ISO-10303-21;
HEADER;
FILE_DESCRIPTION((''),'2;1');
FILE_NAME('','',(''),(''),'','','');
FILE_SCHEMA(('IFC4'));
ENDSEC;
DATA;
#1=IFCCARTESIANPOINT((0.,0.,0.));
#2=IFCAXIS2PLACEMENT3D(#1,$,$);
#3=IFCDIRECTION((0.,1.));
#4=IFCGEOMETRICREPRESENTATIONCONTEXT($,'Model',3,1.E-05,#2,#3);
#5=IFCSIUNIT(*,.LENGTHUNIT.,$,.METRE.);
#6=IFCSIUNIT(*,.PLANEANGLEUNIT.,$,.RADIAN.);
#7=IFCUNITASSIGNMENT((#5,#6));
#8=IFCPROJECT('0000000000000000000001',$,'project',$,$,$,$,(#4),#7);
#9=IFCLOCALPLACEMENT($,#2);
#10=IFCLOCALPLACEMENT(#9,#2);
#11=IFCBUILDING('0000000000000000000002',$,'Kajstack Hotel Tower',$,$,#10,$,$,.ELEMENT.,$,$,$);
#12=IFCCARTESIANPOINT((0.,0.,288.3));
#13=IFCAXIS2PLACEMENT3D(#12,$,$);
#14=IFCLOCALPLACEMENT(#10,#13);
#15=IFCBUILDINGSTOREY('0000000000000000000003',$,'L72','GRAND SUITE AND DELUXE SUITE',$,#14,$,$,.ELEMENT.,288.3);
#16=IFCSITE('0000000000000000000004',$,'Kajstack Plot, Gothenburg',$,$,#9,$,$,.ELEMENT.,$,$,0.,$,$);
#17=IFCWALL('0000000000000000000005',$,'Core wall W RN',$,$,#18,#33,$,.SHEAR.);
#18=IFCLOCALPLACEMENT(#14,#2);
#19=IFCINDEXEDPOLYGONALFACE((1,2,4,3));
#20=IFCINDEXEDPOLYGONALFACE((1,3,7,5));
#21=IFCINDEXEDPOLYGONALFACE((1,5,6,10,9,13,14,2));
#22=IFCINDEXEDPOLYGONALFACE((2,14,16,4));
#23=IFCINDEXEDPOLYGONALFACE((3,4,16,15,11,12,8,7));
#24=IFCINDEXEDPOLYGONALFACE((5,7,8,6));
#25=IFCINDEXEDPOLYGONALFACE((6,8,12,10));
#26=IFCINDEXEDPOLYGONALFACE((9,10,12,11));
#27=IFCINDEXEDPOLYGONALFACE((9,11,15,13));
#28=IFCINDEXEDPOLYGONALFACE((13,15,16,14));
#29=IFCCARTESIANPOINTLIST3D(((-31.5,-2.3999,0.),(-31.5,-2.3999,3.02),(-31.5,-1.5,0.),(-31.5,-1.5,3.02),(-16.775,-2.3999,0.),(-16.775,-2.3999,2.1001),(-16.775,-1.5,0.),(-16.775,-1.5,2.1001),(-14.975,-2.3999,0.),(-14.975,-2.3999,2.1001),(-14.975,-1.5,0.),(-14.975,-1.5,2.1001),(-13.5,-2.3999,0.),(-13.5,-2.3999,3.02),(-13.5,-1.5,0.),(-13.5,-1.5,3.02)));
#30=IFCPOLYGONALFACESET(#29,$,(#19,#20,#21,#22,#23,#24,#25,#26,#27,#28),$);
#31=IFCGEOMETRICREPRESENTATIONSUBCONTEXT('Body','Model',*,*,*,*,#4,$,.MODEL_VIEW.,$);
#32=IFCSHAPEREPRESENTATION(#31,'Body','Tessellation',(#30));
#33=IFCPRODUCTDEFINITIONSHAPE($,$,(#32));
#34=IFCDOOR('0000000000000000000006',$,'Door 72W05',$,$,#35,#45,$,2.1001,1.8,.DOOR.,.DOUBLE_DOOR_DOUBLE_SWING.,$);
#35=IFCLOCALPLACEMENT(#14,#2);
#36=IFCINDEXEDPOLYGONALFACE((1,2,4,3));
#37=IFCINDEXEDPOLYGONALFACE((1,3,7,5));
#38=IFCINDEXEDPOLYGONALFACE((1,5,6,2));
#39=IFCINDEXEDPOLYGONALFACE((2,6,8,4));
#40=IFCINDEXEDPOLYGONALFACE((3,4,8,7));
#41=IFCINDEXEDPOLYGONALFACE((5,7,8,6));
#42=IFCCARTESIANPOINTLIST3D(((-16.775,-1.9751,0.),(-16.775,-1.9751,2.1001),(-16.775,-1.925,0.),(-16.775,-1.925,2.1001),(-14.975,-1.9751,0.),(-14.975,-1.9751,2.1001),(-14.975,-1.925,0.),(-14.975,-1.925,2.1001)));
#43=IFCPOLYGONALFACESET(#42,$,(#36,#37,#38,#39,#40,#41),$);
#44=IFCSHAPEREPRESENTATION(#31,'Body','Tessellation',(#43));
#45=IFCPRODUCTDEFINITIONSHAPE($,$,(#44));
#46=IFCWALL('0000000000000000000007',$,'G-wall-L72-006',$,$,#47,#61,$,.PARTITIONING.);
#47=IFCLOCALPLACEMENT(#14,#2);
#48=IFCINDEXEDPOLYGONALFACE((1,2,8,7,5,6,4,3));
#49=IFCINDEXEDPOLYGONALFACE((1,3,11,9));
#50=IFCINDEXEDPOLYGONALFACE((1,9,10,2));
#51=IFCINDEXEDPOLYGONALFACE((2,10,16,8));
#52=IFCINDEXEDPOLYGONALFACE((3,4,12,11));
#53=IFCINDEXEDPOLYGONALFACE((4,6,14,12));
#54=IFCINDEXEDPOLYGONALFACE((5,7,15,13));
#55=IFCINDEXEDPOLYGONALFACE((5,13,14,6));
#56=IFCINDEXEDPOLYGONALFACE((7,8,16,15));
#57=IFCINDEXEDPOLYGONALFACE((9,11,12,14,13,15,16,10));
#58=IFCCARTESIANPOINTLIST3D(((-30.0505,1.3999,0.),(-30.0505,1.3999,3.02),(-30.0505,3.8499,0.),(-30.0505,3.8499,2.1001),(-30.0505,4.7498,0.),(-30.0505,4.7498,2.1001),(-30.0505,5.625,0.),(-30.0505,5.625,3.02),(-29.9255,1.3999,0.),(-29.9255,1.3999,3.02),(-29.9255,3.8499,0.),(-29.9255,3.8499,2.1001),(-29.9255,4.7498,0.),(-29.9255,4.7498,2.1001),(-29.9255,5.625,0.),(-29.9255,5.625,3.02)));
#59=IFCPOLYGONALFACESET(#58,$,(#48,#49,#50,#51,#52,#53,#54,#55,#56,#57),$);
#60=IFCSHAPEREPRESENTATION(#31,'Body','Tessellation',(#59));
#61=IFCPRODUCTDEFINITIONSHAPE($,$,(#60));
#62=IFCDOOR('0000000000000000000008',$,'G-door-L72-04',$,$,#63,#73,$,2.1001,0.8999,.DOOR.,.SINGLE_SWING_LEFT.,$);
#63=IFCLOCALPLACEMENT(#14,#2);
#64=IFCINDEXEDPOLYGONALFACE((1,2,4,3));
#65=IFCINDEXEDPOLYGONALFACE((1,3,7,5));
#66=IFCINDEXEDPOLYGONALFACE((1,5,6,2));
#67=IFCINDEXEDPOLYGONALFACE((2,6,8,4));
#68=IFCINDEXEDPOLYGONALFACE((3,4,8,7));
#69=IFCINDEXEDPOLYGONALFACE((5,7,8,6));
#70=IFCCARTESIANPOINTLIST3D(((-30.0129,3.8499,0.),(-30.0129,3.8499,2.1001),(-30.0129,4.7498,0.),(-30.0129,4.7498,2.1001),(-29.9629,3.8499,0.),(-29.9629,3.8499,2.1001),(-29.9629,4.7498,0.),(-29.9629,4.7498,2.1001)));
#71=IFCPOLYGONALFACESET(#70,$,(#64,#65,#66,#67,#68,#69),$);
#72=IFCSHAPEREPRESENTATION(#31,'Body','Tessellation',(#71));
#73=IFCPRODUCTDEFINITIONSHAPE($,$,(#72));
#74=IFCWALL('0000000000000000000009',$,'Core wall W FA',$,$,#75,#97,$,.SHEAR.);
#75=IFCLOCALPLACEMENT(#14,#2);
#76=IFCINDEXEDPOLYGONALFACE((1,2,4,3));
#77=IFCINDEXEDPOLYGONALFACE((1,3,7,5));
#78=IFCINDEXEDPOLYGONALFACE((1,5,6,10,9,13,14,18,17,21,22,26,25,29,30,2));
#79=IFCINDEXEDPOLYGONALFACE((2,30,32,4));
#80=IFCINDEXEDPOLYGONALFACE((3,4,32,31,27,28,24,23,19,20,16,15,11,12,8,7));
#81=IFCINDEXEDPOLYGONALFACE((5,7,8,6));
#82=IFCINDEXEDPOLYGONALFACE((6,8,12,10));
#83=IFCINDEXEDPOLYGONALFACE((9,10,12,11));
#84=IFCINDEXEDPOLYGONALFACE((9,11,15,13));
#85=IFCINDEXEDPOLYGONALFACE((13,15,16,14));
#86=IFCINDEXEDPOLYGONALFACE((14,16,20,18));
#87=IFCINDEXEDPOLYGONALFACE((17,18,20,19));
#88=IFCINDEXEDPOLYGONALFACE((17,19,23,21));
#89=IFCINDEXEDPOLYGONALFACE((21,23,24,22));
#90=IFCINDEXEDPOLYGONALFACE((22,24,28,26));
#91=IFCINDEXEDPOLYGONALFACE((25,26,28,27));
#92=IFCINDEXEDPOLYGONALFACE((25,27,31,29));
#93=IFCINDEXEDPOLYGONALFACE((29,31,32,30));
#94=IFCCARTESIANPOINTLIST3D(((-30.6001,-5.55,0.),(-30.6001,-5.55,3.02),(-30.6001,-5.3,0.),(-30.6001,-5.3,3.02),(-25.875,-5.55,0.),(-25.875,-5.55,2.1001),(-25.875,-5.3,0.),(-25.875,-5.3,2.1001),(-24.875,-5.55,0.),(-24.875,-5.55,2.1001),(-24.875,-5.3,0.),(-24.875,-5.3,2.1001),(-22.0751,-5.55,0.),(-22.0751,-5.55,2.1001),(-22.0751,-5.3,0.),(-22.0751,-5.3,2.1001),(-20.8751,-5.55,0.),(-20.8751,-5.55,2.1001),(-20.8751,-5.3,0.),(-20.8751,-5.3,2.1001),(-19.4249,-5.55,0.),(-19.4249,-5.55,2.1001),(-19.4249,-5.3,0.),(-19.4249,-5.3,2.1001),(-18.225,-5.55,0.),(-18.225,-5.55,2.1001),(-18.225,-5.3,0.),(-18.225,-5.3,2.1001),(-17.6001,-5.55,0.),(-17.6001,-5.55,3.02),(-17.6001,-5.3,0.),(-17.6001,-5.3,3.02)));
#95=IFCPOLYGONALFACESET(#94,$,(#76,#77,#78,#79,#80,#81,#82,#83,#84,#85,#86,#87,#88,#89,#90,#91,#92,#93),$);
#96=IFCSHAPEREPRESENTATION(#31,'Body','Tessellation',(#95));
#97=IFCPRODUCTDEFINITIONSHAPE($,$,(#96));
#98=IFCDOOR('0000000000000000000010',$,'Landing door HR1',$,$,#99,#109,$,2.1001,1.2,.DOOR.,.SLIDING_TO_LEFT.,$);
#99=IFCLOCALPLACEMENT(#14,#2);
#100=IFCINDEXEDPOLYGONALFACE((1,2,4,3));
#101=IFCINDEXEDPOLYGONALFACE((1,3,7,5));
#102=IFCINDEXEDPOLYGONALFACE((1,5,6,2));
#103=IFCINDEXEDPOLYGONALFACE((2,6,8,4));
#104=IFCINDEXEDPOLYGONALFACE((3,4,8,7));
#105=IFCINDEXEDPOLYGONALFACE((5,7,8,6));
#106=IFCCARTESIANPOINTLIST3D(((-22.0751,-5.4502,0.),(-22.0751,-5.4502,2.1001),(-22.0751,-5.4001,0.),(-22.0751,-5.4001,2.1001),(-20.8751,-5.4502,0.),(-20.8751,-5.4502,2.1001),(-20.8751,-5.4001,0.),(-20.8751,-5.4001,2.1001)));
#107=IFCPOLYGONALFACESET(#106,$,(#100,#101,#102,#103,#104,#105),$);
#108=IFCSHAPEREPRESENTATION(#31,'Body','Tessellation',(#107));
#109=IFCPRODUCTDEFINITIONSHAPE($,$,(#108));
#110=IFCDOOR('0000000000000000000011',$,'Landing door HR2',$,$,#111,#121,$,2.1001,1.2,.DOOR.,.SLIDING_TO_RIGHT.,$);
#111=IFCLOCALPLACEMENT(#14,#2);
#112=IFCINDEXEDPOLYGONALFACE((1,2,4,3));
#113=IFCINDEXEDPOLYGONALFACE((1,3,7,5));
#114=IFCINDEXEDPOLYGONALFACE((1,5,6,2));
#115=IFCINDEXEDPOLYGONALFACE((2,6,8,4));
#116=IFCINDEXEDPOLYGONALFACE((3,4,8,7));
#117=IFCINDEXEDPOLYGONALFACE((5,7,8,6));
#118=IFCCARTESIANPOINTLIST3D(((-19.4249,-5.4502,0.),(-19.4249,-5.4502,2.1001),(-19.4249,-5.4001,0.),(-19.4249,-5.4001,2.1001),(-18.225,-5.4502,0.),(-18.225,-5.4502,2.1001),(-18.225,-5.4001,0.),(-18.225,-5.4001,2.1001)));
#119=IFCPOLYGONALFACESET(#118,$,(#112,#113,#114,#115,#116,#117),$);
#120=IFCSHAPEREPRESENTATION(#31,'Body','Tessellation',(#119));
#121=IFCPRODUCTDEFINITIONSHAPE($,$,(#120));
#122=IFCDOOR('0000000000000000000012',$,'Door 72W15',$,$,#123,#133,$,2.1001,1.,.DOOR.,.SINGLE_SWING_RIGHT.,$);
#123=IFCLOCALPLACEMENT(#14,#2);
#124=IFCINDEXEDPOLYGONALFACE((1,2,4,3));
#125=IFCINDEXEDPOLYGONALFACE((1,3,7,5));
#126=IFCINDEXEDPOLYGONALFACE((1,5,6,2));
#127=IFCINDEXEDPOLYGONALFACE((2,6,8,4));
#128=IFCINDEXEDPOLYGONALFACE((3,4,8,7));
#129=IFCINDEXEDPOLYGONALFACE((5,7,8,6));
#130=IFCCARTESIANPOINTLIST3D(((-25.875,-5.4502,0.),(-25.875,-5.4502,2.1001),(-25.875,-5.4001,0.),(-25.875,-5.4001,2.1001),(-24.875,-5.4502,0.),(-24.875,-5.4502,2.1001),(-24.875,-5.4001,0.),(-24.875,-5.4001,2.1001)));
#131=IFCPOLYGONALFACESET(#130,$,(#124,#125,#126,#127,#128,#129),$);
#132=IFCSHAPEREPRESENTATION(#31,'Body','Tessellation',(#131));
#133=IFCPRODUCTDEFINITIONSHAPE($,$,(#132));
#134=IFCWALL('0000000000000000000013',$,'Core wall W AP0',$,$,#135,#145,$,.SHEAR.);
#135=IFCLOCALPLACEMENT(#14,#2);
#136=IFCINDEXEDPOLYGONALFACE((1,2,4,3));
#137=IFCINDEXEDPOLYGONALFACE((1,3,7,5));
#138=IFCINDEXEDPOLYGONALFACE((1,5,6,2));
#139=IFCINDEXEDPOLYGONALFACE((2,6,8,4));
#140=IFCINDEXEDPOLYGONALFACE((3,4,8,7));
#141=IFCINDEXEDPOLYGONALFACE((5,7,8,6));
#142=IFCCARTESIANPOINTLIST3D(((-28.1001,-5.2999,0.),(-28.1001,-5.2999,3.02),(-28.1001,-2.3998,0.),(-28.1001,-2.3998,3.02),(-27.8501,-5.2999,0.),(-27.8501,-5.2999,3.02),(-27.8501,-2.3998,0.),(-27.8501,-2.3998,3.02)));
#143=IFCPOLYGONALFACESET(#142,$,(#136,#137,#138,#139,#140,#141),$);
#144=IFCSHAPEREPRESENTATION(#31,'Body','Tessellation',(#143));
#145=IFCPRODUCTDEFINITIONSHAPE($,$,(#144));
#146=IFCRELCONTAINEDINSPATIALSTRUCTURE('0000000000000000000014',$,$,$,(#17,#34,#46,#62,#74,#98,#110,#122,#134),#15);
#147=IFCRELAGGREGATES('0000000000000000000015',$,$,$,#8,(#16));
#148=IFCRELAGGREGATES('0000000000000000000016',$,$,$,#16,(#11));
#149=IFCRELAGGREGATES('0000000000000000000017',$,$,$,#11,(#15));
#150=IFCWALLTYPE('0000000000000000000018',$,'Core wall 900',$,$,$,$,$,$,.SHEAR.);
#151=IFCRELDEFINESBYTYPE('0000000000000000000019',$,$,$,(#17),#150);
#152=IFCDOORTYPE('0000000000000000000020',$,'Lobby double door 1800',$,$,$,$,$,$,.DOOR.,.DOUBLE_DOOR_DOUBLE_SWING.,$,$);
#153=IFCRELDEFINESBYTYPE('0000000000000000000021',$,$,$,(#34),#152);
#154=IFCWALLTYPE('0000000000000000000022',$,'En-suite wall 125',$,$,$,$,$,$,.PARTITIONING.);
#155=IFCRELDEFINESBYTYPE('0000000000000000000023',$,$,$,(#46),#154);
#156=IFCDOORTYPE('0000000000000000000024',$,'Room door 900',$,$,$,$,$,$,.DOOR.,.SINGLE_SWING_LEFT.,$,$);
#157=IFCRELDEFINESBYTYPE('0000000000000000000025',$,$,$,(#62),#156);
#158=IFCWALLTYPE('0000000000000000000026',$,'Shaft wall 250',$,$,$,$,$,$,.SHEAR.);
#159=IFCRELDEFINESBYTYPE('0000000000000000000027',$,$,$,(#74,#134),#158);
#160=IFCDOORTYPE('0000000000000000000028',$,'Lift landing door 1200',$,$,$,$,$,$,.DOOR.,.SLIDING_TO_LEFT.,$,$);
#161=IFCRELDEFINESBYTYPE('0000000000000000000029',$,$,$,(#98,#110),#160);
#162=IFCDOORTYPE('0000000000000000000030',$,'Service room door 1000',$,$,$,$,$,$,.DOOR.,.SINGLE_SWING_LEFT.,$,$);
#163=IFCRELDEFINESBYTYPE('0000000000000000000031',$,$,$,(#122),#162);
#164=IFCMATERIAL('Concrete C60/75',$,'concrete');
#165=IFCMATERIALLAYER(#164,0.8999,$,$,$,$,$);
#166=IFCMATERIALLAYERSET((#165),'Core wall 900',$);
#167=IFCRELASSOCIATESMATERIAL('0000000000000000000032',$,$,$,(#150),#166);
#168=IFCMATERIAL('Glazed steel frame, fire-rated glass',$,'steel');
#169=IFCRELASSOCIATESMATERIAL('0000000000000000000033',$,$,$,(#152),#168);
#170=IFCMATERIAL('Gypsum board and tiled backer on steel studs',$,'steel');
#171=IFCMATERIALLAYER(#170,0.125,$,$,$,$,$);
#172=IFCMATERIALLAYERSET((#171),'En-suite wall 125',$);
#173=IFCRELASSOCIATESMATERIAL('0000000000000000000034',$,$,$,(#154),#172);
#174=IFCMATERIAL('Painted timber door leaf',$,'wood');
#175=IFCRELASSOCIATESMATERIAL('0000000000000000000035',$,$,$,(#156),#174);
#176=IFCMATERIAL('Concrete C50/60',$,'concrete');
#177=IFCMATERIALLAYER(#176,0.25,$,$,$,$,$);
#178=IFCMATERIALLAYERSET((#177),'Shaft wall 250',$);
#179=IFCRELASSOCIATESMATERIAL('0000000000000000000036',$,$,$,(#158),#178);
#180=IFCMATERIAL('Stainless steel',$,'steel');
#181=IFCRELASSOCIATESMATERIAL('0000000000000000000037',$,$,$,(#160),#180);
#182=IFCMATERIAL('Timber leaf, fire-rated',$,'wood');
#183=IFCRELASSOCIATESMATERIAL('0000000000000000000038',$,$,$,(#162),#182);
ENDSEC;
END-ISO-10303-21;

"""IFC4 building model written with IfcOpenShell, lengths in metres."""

from ifc_helpers import new_model, si_unit, direction, frame, frame_2d, origin, place, context, subcontext, project, spatial, rectangle, extrude, material, layer, layer_set, type_object, element, fill, save


model = new_model("IFC4")

# Units and contexts
model_context = context("Model", 3, precision=1e-05, world=origin(), true_north=direction((0.0, 1.0)))
body_context = subcontext(model_context, "Body", "Model", "MODEL_VIEW")
ifc_project = project(units=[si_unit("LENGTHUNIT", "METRE"), si_unit("PLANEANGLEUNIT", "RADIAN")], contexts=[model_context])

# Site, building, storey
site_placement = place(None, origin())
site = spatial("IfcSite", under=ifc_project, at=site_placement, Name="Kajstack Plot, Gothenburg", CompositionType="ELEMENT", RefElevation=0.0)
building_placement = place(site_placement, origin())
building = spatial("IfcBuilding", under=site, at=building_placement, Name="Kajstack Hotel Tower", CompositionType="ELEMENT")
storey_placement = place(building_placement, frame((0.0, 0.0, 288.3)))
storey = spatial("IfcBuildingStorey", under=building, at=storey_placement, Name="L72", Description="GRAND SUITE AND DELUXE SUITE", CompositionType="ELEMENT", Elevation=288.3)

# Walls, openings, doors
ifc_material_1 = material(Name="Concrete C60/75", Category="concrete")
ifc_layer_1 = layer(ifc_material_1, 0.8999)
ifc_layer_set_1 = layer_set([ifc_layer_1], Name="Core wall 900")
wall_type_1 = type_object("IfcWallType", Name="Core wall 900", PredefinedType="SHEAR", material=ifc_layer_set_1)
wall_1_placement = place(storey_placement, frame((-31.5, -1.95, 0.0), z_axis=(0.0, 0.0, 1.0), x_axis=(1.0, 0.0, 0.0)))
wall_1 = element("IfcWall", 1, at=wall_1_placement, inside=storey, type_object=wall_type_1, Name="Core wall W RN", PredefinedType="SHEAR", context=body_context, shape_type="SweptSolid", body=[
    extrude(rectangle(XDim=18.0, YDim=0.8999, at=frame_2d((9.0, 0.0))), origin(), (0.0, 0.0, 1.0), 3.02),
])
opening_1_placement = place(wall_1_placement, frame((14.7251, 0.0, 0.0)))
opening_1 = element("IfcOpeningElement", 2, at=opening_1_placement, cuts=wall_1, PredefinedType="OPENING", context=body_context, shape_type="SweptSolid", body=[
    extrude(rectangle(XDim=1.8, YDim=2.1001, at=frame_2d((0.8999, 1.05))), frame((0.0, 0.46, 0.0), z_axis=(0.0, -1.0, 0.0), x_axis=(1.0, 0.0, 0.0)), (0.0, 0.0, 1.0), 0.9199),
])
ifc_material_2 = material(Name="Glazed steel frame, fire-rated glass", Category="steel")
door_type_1 = type_object("IfcDoorType", Name="Lobby double door 1800", OperationType="DOUBLE_DOOR_DOUBLE_SWING", PredefinedType="DOOR", material=ifc_material_2)
door_1_placement = place(opening_1_placement, origin())
door_1 = element("IfcDoor", 3, at=door_1_placement, inside=storey, type_object=door_type_1, Name="Door 72W05", OperationType="DOUBLE_DOOR_DOUBLE_SWING", OverallHeight=2.1001, OverallWidth=1.8, PredefinedType="DOOR", context=body_context, shape_type="SweptSolid", body=[
    extrude(rectangle(XDim=1.8, YDim=2.1001, at=frame_2d((0.8999, 1.05))), frame((0.0, 0.0249, 0.0), z_axis=(0.0, -1.0, 0.0), x_axis=(1.0, 0.0, 0.0)), (0.0, 0.0, 1.0), 0.05),
])
fill(opening_1, door_1)
ifc_material_3 = material(Name="Gypsum board and tiled backer on steel studs", Category="steel")
ifc_layer_2 = layer(ifc_material_3, 0.125)
ifc_layer_set_2 = layer_set([ifc_layer_2], Name="En-suite wall 125")
wall_type_2 = type_object("IfcWallType", Name="En-suite wall 125", PredefinedType="PARTITIONING", material=ifc_layer_set_2)
wall_2_placement = place(storey_placement, frame((-29.988, 1.3999, 0.0), z_axis=(0.0, 0.0, 1.0), x_axis=(0.0, 1.0, 0.0)))
wall_2 = element("IfcWall", 4, at=wall_2_placement, inside=storey, type_object=wall_type_2, Name="G-wall-L72-006", PredefinedType="PARTITIONING", context=body_context, shape_type="SweptSolid", body=[
    extrude(rectangle(XDim=4.2251, YDim=0.125, at=frame_2d((2.1125, 0.0))), origin(), (0.0, 0.0, 1.0), 3.02),
])
opening_2_placement = place(wall_2_placement, frame((2.45, 0.0, 0.0)))
opening_2 = element("IfcOpeningElement", 5, at=opening_2_placement, cuts=wall_2, PredefinedType="OPENING", context=body_context, shape_type="SweptSolid", body=[
    extrude(rectangle(XDim=0.8999, YDim=2.1001, at=frame_2d((0.45, 1.05))), frame((0.0, 0.0725, 0.0), z_axis=(0.0, -1.0, 0.0), x_axis=(1.0, 0.0, 0.0)), (0.0, 0.0, 1.0), 0.145),
])
ifc_material_4 = material(Name="Painted timber door leaf", Category="wood")
door_type_2 = type_object("IfcDoorType", Name="Room door 900", OperationType="SINGLE_SWING_LEFT", PredefinedType="DOOR", material=ifc_material_4)
door_2_placement = place(opening_2_placement, origin())
door_2 = element("IfcDoor", 6, at=door_2_placement, inside=storey, type_object=door_type_2, Name="G-door-L72-04", OperationType="SINGLE_SWING_LEFT", OverallHeight=2.1001, OverallWidth=0.8999, PredefinedType="DOOR", context=body_context, shape_type="SweptSolid", body=[
    extrude(rectangle(XDim=0.8999, YDim=2.1001, at=frame_2d((0.45, 1.05))), frame((0.0, 0.0249, 0.0), z_axis=(0.0, -1.0, 0.0), x_axis=(1.0, 0.0, 0.0)), (0.0, 0.0, 1.0), 0.05),
])
fill(opening_2, door_2)

# Wall, openings, doors
ifc_material_5 = material(Name="Concrete C50/60", Category="concrete")
ifc_layer_3 = layer(ifc_material_5, 0.25)
ifc_layer_set_3 = layer_set([ifc_layer_3], Name="Shaft wall 250")
wall_type_3 = type_object("IfcWallType", Name="Shaft wall 250", PredefinedType="SHEAR", material=ifc_layer_set_3)
wall_3_placement = place(storey_placement, frame((-30.6001, -5.425, 0.0), z_axis=(0.0, 0.0, 1.0), x_axis=(1.0, 0.0, 0.0)))
wall_3 = element("IfcWall", 7, at=wall_3_placement, inside=storey, type_object=wall_type_3, Name="Core wall W FA", PredefinedType="SHEAR", context=body_context, shape_type="SweptSolid", body=[
    extrude(rectangle(XDim=13.0, YDim=0.25, at=frame_2d((6.5, 0.0))), origin(), (0.0, 0.0, 1.0), 3.02),
])
opening_3_placement = place(wall_3_placement, frame((8.5249, 0.0, 0.0)))
opening_3 = element("IfcOpeningElement", 8, at=opening_3_placement, cuts=wall_3, PredefinedType="OPENING", context=body_context, shape_type="SweptSolid", body=[
    extrude(rectangle(XDim=1.2, YDim=2.1001, at=frame_2d((0.6001, 1.05))), frame((0.0, 0.135, 0.0), z_axis=(0.0, -1.0, 0.0), x_axis=(1.0, 0.0, 0.0)), (0.0, 0.0, 1.0), 0.27),
])
opening_4_placement = place(wall_3_placement, frame((11.175, 0.0, 0.0)))
opening_4 = element("IfcOpeningElement", 9, at=opening_4_placement, cuts=wall_3, PredefinedType="OPENING", context=body_context, shape_type="SweptSolid", body=[
    extrude(rectangle(XDim=1.2, YDim=2.1001, at=frame_2d((0.6001, 1.05))), frame((0.0, 0.135, 0.0), z_axis=(0.0, -1.0, 0.0), x_axis=(1.0, 0.0, 0.0)), (0.0, 0.0, 1.0), 0.27),
])
opening_5_placement = place(wall_3_placement, frame((4.7251, 0.0, 0.0)))
opening_5 = element("IfcOpeningElement", 10, at=opening_5_placement, cuts=wall_3, PredefinedType="OPENING", context=body_context, shape_type="SweptSolid", body=[
    extrude(rectangle(XDim=1.0, YDim=2.1001, at=frame_2d((0.5, 1.05))), frame((0.0, 0.135, 0.0), z_axis=(0.0, -1.0, 0.0), x_axis=(1.0, 0.0, 0.0)), (0.0, 0.0, 1.0), 0.27),
])
ifc_material_6 = material(Name="Stainless steel", Category="steel")
door_type_3 = type_object("IfcDoorType", Name="Lift landing door 1200", OperationType="SLIDING_TO_LEFT", PredefinedType="DOOR", material=ifc_material_6)
door_3_placement = place(opening_3_placement, origin())
door_3 = element("IfcDoor", 11, at=door_3_placement, inside=storey, type_object=door_type_3, Name="Landing door HR1", OperationType="SLIDING_TO_LEFT", OverallHeight=2.1001, OverallWidth=1.2, PredefinedType="DOOR", context=body_context, shape_type="SweptSolid", body=[
    extrude(rectangle(XDim=1.2, YDim=2.1001, at=frame_2d((0.6001, 1.05))), frame((0.0, 0.0249, 0.0), z_axis=(0.0, -1.0, 0.0), x_axis=(1.0, 0.0, 0.0)), (0.0, 0.0, 1.0), 0.05),
])
fill(opening_3, door_3)
door_4_placement = place(opening_4_placement, origin())
door_4 = element("IfcDoor", 12, at=door_4_placement, inside=storey, type_object=door_type_3, Name="Landing door HR2", OperationType="SLIDING_TO_RIGHT", OverallHeight=2.1001, OverallWidth=1.2, PredefinedType="DOOR", context=body_context, shape_type="SweptSolid", body=[
    extrude(rectangle(XDim=1.2, YDim=2.1001, at=frame_2d((0.6001, 1.05))), frame((0.0, 0.0249, 0.0), z_axis=(0.0, -1.0, 0.0), x_axis=(1.0, 0.0, 0.0)), (0.0, 0.0, 1.0), 0.05),
])
fill(opening_4, door_4)
ifc_material_7 = material(Name="Timber leaf, fire-rated", Category="wood")
door_type_4 = type_object("IfcDoorType", Name="Service room door 1000", OperationType="SINGLE_SWING_LEFT", PredefinedType="DOOR", material=ifc_material_7)
door_5_placement = place(opening_5_placement, origin())
door_5 = element("IfcDoor", 13, at=door_5_placement, inside=storey, type_object=door_type_4, Name="Door 72W15", OperationType="SINGLE_SWING_RIGHT", OverallHeight=2.1001, OverallWidth=1.0, PredefinedType="DOOR", context=body_context, shape_type="SweptSolid", body=[
    extrude(rectangle(XDim=1.0, YDim=2.1001, at=frame_2d((0.5, 1.05))), frame((0.0, 0.0249, 0.0), z_axis=(0.0, -1.0, 0.0), x_axis=(1.0, 0.0, 0.0)), (0.0, 0.0, 1.0), 0.05),
])
fill(opening_5, door_5)

# Wall
wall_4_placement = place(storey_placement, frame((-27.9751, -5.3, 0.0), z_axis=(0.0, 0.0, 1.0), x_axis=(0.0, 1.0, 0.0)))
element("IfcWall", 14, at=wall_4_placement, inside=storey, type_object=wall_type_3, Name="Core wall W AP0", PredefinedType="SHEAR", context=body_context, shape_type="SweptSolid", body=[
    extrude(rectangle(XDim=2.9001, YDim=0.25, at=frame_2d((1.4502, 0.0))), origin(), (0.0, 0.0, 1.0), 3.02),
])

save(model, "model.ifc")
